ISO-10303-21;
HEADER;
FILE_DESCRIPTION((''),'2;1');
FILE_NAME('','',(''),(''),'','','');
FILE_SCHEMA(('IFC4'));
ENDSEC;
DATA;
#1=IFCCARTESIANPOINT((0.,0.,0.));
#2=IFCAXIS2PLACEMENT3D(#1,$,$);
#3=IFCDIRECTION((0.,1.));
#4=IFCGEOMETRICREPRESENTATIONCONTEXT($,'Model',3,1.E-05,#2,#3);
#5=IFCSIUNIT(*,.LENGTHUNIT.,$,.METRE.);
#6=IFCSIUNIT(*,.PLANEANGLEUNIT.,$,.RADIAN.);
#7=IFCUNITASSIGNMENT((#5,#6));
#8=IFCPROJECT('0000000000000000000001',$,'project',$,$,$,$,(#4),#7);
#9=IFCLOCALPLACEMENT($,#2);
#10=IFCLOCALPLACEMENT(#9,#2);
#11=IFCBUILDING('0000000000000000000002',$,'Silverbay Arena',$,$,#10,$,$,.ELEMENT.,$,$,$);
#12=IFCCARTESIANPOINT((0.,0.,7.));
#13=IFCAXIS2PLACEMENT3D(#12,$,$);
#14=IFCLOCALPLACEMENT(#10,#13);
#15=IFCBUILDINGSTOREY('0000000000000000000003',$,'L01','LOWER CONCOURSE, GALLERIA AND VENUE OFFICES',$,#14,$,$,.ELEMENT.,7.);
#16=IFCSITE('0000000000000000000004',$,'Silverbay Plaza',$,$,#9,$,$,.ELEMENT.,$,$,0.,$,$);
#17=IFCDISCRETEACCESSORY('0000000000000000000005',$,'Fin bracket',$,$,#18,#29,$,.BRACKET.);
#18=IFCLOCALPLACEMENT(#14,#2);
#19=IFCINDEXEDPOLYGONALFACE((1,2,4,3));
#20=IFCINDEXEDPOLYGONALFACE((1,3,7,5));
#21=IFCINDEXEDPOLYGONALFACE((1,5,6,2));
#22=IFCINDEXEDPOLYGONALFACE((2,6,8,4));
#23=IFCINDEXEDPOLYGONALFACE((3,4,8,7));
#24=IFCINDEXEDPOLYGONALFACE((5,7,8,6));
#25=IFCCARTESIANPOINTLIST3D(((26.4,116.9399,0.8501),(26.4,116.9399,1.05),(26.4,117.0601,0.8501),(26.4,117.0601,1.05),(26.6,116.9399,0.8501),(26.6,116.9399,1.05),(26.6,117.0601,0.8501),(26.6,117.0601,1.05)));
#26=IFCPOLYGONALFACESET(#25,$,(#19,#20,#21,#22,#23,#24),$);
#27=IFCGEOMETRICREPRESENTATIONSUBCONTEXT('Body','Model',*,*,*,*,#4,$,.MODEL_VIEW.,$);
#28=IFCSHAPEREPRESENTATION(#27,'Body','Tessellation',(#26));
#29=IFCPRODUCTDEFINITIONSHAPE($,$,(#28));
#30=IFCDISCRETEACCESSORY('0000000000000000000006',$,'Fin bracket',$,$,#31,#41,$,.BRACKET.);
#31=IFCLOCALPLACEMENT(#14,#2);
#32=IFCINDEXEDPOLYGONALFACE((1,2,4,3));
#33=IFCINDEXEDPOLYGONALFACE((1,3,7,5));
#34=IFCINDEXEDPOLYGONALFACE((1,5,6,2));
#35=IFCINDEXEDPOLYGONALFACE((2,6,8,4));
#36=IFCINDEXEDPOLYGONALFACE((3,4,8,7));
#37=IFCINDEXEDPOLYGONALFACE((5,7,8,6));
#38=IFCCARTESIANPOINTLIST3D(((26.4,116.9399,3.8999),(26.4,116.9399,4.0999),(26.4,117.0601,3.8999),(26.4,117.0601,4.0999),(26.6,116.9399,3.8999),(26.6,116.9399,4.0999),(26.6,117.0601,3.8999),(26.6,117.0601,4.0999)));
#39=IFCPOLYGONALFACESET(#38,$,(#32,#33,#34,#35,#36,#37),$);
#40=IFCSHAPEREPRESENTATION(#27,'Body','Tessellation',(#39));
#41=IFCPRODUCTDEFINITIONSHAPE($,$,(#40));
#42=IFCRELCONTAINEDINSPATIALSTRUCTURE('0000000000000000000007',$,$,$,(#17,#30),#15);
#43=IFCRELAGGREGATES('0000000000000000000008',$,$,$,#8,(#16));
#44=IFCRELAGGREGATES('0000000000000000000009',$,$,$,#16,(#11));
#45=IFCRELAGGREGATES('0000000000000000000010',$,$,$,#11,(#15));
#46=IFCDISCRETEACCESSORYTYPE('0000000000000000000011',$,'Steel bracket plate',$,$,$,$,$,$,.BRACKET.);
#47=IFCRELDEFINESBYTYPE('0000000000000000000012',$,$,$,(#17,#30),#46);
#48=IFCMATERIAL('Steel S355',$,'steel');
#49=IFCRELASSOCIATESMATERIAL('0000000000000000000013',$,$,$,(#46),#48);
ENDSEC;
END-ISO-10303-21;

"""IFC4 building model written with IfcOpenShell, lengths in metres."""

from ifc_helpers import new_model, si_unit, direction, frame, origin, origin_2d, place, context, subcontext, project, spatial, rectangle, extrude, material, type_object, element, save


model = new_model("IFC4")

# Units and contexts
model_context = context("Model", 3, precision=1e-05, world=origin(), true_north=direction((0.0, 1.0)))
body_context = subcontext(model_context, "Body", "Model", "MODEL_VIEW")
ifc_project = project(units=[si_unit("LENGTHUNIT", "METRE"), si_unit("PLANEANGLEUNIT", "RADIAN")], contexts=[model_context])

# Site, building, storey
site_placement = place(None, origin())
site = spatial("IfcSite", under=ifc_project, at=site_placement, Name="Silverbay Plaza", CompositionType="ELEMENT", RefElevation=0.0)
building_placement = place(site_placement, origin())
building = spatial("IfcBuilding", under=site, at=building_placement, Name="Silverbay Arena", CompositionType="ELEMENT")
storey_placement = place(building_placement, frame((0.0, 0.0, 7.0)))
storey = spatial("IfcBuildingStorey", under=building, at=storey_placement, Name="L01", Description="LOWER CONCOURSE, GALLERIA AND VENUE OFFICES", CompositionType="ELEMENT", Elevation=7.0)

# Discrete accessories
ifc_material_1 = material(Name="Steel S355", Category="steel")
discrete_accessory_type = type_object("IfcDiscreteAccessoryType", Name="Steel bracket plate", PredefinedType="BRACKET", material=ifc_material_1)
for number, where, z_axis, x_axis, name in (
    (1, (26.5, 117.0, 0.8501), (0.0, 0.0, 1.0), (1.0, 0.0, 0.0), "Fin bracket"),
    (2, (26.5, 117.0, 3.8999), (0.0, 0.0, 1.0), (1.0, 0.0, 0.0), "Fin bracket"),
):
    element("IfcDiscreteAccessory", number, at=place(storey_placement, frame(where, z_axis=z_axis, x_axis=x_axis)), inside=storey, type_object=discrete_accessory_type, Name=name, PredefinedType="BRACKET", context=body_context, shape_type="SweptSolid", body=[
        extrude(rectangle(XDim=0.2, YDim=0.1201, at=origin_2d()), origin(), (0.0, 0.0, 1.0), 0.2),
    ])

save(model, "model.ifc")
